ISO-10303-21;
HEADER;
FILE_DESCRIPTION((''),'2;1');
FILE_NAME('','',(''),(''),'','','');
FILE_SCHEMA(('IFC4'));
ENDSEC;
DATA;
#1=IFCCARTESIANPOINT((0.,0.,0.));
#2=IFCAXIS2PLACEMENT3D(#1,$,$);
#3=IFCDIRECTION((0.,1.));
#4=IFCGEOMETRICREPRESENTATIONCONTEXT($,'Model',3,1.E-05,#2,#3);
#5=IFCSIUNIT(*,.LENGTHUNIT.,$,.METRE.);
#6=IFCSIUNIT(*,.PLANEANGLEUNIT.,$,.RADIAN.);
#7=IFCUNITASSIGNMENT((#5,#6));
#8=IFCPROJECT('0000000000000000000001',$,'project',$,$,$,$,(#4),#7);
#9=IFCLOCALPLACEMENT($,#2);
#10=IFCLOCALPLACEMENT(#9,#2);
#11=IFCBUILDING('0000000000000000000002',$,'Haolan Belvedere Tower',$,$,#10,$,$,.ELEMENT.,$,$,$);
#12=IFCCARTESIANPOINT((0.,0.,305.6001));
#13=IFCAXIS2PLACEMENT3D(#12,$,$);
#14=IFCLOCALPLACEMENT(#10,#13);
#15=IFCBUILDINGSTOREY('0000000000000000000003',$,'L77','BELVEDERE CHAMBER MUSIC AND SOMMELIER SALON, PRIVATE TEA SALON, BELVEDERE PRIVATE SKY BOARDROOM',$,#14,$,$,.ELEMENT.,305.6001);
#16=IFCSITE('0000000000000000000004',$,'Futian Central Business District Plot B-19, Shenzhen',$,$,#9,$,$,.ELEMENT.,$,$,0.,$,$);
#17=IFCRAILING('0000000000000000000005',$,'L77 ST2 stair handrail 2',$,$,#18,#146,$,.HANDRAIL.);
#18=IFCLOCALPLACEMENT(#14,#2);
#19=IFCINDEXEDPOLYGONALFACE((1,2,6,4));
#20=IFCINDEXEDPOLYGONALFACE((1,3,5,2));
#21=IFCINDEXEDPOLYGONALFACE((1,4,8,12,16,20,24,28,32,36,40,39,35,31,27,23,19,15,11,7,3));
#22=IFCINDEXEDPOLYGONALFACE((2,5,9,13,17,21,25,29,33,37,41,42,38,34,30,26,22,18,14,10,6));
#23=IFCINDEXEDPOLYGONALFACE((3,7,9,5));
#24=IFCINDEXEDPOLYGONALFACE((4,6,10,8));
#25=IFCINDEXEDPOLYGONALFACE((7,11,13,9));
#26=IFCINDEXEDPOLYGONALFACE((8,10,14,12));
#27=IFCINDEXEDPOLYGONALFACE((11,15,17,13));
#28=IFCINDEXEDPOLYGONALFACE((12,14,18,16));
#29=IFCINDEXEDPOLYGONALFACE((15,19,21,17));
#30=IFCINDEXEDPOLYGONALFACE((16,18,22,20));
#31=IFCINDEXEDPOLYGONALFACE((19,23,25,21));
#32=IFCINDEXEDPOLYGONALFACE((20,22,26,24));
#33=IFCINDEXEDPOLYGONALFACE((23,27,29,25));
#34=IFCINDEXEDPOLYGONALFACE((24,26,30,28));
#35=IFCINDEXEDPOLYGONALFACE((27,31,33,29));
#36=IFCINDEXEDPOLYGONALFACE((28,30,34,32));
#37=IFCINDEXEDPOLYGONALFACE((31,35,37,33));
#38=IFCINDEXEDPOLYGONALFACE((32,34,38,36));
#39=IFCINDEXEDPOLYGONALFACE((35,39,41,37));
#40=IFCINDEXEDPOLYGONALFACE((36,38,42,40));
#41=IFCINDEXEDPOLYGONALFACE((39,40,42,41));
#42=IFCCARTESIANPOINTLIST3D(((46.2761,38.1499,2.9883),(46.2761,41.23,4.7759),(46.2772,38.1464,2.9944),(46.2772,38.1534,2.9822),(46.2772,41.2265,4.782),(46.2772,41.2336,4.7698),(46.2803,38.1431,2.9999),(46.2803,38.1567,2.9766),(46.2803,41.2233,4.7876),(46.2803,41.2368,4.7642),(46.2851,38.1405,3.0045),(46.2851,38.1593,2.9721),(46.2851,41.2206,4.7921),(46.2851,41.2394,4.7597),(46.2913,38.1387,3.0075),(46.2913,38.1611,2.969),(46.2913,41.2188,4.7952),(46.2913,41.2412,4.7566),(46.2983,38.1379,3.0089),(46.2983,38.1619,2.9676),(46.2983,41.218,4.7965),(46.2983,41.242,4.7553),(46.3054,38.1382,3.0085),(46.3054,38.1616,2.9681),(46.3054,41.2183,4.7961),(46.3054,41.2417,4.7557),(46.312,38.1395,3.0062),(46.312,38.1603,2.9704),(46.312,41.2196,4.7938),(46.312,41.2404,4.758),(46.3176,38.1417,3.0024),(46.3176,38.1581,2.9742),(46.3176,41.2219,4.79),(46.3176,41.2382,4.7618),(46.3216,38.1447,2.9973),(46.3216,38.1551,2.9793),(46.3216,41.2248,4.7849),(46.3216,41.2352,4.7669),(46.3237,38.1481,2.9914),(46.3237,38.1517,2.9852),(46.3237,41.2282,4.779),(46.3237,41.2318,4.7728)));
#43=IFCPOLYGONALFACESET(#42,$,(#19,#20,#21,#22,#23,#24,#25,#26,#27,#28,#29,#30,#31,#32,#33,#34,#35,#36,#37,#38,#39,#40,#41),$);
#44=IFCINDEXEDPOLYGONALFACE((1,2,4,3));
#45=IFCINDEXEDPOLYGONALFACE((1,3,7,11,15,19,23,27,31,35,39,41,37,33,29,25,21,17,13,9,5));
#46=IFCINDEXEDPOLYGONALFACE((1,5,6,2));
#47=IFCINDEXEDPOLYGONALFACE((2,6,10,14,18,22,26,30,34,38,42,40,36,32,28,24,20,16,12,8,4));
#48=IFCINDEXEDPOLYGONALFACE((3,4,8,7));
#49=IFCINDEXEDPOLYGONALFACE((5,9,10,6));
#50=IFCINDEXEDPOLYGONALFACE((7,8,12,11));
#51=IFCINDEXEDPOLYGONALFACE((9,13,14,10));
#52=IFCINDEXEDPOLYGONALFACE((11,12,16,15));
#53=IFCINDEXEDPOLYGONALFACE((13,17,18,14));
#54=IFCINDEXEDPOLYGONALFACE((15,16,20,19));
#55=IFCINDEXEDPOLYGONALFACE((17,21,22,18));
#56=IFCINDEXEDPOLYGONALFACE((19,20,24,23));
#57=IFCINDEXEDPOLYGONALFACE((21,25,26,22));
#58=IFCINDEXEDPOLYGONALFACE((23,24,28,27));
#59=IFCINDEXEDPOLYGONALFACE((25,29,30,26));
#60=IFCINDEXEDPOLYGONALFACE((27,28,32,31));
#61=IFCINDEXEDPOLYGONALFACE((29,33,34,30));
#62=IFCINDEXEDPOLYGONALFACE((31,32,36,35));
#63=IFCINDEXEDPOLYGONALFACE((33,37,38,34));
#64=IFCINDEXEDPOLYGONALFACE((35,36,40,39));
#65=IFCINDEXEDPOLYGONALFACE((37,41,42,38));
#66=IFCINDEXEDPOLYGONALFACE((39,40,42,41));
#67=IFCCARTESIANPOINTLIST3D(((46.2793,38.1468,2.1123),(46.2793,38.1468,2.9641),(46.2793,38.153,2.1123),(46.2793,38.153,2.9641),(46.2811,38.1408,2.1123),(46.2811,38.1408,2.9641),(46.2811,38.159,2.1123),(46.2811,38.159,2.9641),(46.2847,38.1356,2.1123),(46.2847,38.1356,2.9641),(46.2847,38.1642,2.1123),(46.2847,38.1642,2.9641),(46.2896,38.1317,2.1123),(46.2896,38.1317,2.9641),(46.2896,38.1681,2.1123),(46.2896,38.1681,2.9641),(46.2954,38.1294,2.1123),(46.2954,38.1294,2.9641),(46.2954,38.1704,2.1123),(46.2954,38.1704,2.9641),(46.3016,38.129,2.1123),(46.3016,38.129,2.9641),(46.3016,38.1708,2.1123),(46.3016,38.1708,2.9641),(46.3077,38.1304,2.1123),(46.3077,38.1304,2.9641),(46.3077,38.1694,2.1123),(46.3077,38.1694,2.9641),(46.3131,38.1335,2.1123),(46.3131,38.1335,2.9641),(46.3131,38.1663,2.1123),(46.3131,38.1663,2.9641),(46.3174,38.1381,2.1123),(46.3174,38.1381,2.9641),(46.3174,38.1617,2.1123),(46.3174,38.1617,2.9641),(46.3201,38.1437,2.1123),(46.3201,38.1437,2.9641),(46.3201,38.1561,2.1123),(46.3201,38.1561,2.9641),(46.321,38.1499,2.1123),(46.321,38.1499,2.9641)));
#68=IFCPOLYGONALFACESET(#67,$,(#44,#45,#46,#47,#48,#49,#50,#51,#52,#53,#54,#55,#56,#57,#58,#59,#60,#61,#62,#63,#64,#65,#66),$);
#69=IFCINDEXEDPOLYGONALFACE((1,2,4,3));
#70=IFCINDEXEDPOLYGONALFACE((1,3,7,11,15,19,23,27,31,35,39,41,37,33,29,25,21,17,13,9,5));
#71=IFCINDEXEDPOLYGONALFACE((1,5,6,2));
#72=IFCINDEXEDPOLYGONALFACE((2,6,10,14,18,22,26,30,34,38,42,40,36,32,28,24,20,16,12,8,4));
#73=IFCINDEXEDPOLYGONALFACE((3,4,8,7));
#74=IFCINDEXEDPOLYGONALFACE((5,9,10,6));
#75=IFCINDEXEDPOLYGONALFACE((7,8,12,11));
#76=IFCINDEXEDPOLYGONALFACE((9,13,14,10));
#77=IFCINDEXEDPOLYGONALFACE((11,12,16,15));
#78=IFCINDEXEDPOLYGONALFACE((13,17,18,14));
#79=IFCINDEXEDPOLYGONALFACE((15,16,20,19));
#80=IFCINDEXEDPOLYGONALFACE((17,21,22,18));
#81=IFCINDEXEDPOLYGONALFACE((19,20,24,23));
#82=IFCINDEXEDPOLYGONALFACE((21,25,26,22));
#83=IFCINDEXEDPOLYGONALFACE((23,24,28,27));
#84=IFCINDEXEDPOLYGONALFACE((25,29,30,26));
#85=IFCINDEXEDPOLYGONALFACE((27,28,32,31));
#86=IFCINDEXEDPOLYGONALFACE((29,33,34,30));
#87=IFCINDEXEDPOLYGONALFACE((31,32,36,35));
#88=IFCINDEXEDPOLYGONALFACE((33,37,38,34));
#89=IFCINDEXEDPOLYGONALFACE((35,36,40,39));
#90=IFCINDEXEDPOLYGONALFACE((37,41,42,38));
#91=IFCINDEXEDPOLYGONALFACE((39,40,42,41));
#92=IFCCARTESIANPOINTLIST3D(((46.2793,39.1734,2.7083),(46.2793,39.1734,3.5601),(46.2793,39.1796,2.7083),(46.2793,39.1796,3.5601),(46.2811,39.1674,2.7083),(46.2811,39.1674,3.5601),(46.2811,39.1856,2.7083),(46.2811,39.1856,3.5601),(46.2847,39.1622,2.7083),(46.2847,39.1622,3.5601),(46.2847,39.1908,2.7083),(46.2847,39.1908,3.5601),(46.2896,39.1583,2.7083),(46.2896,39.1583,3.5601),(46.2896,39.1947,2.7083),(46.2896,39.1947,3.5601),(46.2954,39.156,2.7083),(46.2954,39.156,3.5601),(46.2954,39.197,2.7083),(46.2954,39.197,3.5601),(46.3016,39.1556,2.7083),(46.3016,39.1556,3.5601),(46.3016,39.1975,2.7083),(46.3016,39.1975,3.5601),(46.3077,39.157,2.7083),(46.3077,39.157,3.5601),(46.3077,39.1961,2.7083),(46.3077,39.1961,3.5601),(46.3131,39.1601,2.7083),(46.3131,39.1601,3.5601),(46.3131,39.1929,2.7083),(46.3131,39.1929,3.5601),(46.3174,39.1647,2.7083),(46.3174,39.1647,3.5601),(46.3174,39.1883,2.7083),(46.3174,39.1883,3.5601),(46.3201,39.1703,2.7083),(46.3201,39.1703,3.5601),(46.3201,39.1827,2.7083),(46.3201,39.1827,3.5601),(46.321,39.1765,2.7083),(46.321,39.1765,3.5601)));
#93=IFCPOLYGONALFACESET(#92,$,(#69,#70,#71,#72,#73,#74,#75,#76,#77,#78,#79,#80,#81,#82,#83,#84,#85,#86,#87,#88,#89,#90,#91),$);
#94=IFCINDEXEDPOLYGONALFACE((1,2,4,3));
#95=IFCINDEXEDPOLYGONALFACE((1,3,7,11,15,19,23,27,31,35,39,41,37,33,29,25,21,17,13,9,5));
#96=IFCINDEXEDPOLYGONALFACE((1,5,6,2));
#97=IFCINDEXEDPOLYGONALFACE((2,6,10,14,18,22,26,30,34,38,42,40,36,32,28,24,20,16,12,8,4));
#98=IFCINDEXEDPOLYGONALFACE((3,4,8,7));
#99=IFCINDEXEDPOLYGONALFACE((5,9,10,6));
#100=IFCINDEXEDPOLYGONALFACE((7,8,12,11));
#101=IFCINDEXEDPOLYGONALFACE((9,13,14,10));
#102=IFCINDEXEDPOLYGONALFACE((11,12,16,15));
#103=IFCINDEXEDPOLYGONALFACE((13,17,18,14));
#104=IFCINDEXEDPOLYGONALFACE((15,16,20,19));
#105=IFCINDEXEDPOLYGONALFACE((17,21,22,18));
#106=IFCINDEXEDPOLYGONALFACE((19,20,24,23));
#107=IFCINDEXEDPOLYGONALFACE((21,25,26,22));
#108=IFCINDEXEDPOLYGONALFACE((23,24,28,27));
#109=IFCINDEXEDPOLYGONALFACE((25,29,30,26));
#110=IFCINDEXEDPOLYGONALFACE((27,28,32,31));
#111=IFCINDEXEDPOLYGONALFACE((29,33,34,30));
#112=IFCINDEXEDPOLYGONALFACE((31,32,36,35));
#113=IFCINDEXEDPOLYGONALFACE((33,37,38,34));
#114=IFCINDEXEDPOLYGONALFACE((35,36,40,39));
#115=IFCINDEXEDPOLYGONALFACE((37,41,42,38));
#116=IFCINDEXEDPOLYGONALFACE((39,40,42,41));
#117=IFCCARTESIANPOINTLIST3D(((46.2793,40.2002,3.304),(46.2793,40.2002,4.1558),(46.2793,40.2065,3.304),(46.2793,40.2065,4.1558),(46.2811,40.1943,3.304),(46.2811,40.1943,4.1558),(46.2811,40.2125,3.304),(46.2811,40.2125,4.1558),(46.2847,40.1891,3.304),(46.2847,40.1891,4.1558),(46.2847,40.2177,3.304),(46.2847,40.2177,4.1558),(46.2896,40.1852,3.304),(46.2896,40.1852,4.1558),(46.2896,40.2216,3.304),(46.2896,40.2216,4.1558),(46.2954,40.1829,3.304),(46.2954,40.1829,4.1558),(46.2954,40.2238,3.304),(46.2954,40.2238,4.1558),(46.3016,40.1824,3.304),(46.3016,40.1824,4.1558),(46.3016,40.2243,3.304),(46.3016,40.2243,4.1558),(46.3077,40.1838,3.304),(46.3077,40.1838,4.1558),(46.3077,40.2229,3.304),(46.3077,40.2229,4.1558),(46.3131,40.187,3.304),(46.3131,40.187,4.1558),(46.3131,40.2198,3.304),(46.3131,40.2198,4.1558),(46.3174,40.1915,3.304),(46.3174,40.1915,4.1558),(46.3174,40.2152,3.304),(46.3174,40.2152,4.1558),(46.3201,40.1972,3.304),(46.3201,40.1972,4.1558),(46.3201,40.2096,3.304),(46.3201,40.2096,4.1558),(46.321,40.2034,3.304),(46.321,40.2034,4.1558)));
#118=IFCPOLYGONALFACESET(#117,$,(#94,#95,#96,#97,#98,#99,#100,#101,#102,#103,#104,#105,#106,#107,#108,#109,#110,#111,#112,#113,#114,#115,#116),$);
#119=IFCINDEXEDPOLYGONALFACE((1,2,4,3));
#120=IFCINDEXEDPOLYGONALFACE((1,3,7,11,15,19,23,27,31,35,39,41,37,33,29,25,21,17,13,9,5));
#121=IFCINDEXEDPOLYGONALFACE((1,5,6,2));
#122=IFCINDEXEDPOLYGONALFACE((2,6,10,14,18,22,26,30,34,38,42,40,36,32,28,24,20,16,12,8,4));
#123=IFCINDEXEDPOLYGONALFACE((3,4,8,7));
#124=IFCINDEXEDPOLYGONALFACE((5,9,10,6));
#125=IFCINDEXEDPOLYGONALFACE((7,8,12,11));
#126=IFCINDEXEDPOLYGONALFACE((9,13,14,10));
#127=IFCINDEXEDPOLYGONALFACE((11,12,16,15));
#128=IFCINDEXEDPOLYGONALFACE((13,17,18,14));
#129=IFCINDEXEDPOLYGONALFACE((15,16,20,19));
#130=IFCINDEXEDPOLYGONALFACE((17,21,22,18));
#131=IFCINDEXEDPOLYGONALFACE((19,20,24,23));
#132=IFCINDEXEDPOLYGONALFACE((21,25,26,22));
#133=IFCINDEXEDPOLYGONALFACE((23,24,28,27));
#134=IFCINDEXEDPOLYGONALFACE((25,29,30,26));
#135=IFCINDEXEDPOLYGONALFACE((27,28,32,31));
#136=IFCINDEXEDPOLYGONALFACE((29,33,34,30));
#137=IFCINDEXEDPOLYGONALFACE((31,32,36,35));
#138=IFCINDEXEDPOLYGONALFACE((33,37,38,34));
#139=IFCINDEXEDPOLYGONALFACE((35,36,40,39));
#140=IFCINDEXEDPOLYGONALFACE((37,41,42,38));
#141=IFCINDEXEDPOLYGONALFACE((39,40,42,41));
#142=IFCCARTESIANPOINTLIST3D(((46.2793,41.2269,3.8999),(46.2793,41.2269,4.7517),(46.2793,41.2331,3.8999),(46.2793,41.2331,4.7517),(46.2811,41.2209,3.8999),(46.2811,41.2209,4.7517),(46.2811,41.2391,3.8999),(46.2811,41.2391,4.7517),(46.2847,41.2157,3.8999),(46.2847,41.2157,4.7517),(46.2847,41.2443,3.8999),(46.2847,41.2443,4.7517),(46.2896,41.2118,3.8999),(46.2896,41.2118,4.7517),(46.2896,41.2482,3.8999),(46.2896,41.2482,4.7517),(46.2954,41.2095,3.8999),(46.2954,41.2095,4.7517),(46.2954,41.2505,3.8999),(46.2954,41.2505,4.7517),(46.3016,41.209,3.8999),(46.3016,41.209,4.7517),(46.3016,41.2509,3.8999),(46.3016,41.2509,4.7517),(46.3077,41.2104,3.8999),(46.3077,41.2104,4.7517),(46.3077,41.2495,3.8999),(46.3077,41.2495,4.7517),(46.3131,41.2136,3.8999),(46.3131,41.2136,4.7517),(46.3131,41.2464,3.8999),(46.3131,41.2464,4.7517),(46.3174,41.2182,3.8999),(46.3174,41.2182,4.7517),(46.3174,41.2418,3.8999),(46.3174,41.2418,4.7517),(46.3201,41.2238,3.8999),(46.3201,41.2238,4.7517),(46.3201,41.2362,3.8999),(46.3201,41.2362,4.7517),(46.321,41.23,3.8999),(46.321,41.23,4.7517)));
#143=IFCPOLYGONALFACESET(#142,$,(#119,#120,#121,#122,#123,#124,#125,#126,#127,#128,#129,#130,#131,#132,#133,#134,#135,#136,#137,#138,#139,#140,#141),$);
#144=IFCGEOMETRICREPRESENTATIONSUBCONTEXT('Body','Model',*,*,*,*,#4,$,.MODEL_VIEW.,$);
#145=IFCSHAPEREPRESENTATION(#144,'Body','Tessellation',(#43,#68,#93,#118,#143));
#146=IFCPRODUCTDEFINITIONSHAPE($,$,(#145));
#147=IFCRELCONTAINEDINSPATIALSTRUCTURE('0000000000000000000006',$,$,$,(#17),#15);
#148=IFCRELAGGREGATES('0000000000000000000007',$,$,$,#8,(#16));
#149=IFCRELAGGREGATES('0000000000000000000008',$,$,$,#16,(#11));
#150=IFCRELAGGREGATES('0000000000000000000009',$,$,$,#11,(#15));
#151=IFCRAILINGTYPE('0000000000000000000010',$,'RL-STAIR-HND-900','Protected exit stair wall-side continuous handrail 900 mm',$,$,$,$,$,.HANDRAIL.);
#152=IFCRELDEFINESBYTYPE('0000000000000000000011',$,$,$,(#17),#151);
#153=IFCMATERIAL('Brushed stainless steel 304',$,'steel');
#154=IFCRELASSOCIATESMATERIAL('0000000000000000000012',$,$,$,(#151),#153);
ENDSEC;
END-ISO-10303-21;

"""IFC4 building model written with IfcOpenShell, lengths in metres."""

from ifc_helpers import new_model, si_unit, direction, frame, origin, origin_2d, place, context, subcontext, project, spatial, circle, extrude, material, type_object, element, save


model = new_model("IFC4")

# Units and contexts
model_context = context("Model", 3, precision=1e-05, world=origin(), true_north=direction((0.0, 1.0)))
body_context = subcontext(model_context, "Body", "Model", "MODEL_VIEW")
ifc_project = project(units=[si_unit("LENGTHUNIT", "METRE"), si_unit("PLANEANGLEUNIT", "RADIAN")], contexts=[model_context])

# Site, building, storey
site_placement = place(None, origin())
site = spatial("IfcSite", under=ifc_project, at=site_placement, Name="Futian Central Business District Plot B-19, Shenzhen", CompositionType="ELEMENT", RefElevation=0.0)
building_placement = place(site_placement, origin())
building = spatial("IfcBuilding", under=site, at=building_placement, Name="Haolan Belvedere Tower", CompositionType="ELEMENT")
storey_placement = place(building_placement, frame((0.0, 0.0, 305.6001)))
storey = spatial("IfcBuildingStorey", under=building, at=storey_placement, Name="L77", Description="BELVEDERE CHAMBER MUSIC AND SOMMELIER SALON, PRIVATE TEA SALON, BELVEDERE PRIVATE SKY BOARDROOM", CompositionType="ELEMENT", Elevation=305.6001)

# Railing
ifc_material_1 = material(Name="Brushed stainless steel 304", Category="steel")
railing_type_1 = type_object("IfcRailingType", Name="RL-STAIR-HND-900", Description="Protected exit stair wall-side continuous handrail 900 mm", PredefinedType="HANDRAIL", material=ifc_material_1)
railing_1_placement = place(storey_placement, frame((46.3, 38.1499, 2.1123)))
element("IfcRailing", 1, at=railing_1_placement, inside=storey, type_object=railing_type_1, Name="L77 ST2 stair handrail 2", PredefinedType="HANDRAIL", context=body_context, shape_type="SweptSolid", body=[
    extrude(circle(Radius=0.0239, at=origin_2d()), frame((0.0, 0.0, 0.876), z_axis=(0.0, 0.864891, 0.50196), x_axis=(-1.0, 0.0, 0.0)), (0.0, 0.0, 1.0), 3.5613),
    extrude(circle(Radius=0.021, at=origin_2d()), origin(), (0.0, 0.0, 1.0), 0.8518),
    extrude(circle(Radius=0.021, at=origin_2d()), frame((0.0, 1.0266, 0.5959)), (0.0, 0.0, 1.0), 0.8518),
    extrude(circle(Radius=0.021, at=origin_2d()), frame((0.0, 2.0535, 1.1917)), (0.0, 0.0, 1.0), 0.8518),
    extrude(circle(Radius=0.021, at=origin_2d()), frame((0.0, 3.0801, 1.7876)), (0.0, 0.0, 1.0), 0.8518),
])

save(model, "model.ifc")
